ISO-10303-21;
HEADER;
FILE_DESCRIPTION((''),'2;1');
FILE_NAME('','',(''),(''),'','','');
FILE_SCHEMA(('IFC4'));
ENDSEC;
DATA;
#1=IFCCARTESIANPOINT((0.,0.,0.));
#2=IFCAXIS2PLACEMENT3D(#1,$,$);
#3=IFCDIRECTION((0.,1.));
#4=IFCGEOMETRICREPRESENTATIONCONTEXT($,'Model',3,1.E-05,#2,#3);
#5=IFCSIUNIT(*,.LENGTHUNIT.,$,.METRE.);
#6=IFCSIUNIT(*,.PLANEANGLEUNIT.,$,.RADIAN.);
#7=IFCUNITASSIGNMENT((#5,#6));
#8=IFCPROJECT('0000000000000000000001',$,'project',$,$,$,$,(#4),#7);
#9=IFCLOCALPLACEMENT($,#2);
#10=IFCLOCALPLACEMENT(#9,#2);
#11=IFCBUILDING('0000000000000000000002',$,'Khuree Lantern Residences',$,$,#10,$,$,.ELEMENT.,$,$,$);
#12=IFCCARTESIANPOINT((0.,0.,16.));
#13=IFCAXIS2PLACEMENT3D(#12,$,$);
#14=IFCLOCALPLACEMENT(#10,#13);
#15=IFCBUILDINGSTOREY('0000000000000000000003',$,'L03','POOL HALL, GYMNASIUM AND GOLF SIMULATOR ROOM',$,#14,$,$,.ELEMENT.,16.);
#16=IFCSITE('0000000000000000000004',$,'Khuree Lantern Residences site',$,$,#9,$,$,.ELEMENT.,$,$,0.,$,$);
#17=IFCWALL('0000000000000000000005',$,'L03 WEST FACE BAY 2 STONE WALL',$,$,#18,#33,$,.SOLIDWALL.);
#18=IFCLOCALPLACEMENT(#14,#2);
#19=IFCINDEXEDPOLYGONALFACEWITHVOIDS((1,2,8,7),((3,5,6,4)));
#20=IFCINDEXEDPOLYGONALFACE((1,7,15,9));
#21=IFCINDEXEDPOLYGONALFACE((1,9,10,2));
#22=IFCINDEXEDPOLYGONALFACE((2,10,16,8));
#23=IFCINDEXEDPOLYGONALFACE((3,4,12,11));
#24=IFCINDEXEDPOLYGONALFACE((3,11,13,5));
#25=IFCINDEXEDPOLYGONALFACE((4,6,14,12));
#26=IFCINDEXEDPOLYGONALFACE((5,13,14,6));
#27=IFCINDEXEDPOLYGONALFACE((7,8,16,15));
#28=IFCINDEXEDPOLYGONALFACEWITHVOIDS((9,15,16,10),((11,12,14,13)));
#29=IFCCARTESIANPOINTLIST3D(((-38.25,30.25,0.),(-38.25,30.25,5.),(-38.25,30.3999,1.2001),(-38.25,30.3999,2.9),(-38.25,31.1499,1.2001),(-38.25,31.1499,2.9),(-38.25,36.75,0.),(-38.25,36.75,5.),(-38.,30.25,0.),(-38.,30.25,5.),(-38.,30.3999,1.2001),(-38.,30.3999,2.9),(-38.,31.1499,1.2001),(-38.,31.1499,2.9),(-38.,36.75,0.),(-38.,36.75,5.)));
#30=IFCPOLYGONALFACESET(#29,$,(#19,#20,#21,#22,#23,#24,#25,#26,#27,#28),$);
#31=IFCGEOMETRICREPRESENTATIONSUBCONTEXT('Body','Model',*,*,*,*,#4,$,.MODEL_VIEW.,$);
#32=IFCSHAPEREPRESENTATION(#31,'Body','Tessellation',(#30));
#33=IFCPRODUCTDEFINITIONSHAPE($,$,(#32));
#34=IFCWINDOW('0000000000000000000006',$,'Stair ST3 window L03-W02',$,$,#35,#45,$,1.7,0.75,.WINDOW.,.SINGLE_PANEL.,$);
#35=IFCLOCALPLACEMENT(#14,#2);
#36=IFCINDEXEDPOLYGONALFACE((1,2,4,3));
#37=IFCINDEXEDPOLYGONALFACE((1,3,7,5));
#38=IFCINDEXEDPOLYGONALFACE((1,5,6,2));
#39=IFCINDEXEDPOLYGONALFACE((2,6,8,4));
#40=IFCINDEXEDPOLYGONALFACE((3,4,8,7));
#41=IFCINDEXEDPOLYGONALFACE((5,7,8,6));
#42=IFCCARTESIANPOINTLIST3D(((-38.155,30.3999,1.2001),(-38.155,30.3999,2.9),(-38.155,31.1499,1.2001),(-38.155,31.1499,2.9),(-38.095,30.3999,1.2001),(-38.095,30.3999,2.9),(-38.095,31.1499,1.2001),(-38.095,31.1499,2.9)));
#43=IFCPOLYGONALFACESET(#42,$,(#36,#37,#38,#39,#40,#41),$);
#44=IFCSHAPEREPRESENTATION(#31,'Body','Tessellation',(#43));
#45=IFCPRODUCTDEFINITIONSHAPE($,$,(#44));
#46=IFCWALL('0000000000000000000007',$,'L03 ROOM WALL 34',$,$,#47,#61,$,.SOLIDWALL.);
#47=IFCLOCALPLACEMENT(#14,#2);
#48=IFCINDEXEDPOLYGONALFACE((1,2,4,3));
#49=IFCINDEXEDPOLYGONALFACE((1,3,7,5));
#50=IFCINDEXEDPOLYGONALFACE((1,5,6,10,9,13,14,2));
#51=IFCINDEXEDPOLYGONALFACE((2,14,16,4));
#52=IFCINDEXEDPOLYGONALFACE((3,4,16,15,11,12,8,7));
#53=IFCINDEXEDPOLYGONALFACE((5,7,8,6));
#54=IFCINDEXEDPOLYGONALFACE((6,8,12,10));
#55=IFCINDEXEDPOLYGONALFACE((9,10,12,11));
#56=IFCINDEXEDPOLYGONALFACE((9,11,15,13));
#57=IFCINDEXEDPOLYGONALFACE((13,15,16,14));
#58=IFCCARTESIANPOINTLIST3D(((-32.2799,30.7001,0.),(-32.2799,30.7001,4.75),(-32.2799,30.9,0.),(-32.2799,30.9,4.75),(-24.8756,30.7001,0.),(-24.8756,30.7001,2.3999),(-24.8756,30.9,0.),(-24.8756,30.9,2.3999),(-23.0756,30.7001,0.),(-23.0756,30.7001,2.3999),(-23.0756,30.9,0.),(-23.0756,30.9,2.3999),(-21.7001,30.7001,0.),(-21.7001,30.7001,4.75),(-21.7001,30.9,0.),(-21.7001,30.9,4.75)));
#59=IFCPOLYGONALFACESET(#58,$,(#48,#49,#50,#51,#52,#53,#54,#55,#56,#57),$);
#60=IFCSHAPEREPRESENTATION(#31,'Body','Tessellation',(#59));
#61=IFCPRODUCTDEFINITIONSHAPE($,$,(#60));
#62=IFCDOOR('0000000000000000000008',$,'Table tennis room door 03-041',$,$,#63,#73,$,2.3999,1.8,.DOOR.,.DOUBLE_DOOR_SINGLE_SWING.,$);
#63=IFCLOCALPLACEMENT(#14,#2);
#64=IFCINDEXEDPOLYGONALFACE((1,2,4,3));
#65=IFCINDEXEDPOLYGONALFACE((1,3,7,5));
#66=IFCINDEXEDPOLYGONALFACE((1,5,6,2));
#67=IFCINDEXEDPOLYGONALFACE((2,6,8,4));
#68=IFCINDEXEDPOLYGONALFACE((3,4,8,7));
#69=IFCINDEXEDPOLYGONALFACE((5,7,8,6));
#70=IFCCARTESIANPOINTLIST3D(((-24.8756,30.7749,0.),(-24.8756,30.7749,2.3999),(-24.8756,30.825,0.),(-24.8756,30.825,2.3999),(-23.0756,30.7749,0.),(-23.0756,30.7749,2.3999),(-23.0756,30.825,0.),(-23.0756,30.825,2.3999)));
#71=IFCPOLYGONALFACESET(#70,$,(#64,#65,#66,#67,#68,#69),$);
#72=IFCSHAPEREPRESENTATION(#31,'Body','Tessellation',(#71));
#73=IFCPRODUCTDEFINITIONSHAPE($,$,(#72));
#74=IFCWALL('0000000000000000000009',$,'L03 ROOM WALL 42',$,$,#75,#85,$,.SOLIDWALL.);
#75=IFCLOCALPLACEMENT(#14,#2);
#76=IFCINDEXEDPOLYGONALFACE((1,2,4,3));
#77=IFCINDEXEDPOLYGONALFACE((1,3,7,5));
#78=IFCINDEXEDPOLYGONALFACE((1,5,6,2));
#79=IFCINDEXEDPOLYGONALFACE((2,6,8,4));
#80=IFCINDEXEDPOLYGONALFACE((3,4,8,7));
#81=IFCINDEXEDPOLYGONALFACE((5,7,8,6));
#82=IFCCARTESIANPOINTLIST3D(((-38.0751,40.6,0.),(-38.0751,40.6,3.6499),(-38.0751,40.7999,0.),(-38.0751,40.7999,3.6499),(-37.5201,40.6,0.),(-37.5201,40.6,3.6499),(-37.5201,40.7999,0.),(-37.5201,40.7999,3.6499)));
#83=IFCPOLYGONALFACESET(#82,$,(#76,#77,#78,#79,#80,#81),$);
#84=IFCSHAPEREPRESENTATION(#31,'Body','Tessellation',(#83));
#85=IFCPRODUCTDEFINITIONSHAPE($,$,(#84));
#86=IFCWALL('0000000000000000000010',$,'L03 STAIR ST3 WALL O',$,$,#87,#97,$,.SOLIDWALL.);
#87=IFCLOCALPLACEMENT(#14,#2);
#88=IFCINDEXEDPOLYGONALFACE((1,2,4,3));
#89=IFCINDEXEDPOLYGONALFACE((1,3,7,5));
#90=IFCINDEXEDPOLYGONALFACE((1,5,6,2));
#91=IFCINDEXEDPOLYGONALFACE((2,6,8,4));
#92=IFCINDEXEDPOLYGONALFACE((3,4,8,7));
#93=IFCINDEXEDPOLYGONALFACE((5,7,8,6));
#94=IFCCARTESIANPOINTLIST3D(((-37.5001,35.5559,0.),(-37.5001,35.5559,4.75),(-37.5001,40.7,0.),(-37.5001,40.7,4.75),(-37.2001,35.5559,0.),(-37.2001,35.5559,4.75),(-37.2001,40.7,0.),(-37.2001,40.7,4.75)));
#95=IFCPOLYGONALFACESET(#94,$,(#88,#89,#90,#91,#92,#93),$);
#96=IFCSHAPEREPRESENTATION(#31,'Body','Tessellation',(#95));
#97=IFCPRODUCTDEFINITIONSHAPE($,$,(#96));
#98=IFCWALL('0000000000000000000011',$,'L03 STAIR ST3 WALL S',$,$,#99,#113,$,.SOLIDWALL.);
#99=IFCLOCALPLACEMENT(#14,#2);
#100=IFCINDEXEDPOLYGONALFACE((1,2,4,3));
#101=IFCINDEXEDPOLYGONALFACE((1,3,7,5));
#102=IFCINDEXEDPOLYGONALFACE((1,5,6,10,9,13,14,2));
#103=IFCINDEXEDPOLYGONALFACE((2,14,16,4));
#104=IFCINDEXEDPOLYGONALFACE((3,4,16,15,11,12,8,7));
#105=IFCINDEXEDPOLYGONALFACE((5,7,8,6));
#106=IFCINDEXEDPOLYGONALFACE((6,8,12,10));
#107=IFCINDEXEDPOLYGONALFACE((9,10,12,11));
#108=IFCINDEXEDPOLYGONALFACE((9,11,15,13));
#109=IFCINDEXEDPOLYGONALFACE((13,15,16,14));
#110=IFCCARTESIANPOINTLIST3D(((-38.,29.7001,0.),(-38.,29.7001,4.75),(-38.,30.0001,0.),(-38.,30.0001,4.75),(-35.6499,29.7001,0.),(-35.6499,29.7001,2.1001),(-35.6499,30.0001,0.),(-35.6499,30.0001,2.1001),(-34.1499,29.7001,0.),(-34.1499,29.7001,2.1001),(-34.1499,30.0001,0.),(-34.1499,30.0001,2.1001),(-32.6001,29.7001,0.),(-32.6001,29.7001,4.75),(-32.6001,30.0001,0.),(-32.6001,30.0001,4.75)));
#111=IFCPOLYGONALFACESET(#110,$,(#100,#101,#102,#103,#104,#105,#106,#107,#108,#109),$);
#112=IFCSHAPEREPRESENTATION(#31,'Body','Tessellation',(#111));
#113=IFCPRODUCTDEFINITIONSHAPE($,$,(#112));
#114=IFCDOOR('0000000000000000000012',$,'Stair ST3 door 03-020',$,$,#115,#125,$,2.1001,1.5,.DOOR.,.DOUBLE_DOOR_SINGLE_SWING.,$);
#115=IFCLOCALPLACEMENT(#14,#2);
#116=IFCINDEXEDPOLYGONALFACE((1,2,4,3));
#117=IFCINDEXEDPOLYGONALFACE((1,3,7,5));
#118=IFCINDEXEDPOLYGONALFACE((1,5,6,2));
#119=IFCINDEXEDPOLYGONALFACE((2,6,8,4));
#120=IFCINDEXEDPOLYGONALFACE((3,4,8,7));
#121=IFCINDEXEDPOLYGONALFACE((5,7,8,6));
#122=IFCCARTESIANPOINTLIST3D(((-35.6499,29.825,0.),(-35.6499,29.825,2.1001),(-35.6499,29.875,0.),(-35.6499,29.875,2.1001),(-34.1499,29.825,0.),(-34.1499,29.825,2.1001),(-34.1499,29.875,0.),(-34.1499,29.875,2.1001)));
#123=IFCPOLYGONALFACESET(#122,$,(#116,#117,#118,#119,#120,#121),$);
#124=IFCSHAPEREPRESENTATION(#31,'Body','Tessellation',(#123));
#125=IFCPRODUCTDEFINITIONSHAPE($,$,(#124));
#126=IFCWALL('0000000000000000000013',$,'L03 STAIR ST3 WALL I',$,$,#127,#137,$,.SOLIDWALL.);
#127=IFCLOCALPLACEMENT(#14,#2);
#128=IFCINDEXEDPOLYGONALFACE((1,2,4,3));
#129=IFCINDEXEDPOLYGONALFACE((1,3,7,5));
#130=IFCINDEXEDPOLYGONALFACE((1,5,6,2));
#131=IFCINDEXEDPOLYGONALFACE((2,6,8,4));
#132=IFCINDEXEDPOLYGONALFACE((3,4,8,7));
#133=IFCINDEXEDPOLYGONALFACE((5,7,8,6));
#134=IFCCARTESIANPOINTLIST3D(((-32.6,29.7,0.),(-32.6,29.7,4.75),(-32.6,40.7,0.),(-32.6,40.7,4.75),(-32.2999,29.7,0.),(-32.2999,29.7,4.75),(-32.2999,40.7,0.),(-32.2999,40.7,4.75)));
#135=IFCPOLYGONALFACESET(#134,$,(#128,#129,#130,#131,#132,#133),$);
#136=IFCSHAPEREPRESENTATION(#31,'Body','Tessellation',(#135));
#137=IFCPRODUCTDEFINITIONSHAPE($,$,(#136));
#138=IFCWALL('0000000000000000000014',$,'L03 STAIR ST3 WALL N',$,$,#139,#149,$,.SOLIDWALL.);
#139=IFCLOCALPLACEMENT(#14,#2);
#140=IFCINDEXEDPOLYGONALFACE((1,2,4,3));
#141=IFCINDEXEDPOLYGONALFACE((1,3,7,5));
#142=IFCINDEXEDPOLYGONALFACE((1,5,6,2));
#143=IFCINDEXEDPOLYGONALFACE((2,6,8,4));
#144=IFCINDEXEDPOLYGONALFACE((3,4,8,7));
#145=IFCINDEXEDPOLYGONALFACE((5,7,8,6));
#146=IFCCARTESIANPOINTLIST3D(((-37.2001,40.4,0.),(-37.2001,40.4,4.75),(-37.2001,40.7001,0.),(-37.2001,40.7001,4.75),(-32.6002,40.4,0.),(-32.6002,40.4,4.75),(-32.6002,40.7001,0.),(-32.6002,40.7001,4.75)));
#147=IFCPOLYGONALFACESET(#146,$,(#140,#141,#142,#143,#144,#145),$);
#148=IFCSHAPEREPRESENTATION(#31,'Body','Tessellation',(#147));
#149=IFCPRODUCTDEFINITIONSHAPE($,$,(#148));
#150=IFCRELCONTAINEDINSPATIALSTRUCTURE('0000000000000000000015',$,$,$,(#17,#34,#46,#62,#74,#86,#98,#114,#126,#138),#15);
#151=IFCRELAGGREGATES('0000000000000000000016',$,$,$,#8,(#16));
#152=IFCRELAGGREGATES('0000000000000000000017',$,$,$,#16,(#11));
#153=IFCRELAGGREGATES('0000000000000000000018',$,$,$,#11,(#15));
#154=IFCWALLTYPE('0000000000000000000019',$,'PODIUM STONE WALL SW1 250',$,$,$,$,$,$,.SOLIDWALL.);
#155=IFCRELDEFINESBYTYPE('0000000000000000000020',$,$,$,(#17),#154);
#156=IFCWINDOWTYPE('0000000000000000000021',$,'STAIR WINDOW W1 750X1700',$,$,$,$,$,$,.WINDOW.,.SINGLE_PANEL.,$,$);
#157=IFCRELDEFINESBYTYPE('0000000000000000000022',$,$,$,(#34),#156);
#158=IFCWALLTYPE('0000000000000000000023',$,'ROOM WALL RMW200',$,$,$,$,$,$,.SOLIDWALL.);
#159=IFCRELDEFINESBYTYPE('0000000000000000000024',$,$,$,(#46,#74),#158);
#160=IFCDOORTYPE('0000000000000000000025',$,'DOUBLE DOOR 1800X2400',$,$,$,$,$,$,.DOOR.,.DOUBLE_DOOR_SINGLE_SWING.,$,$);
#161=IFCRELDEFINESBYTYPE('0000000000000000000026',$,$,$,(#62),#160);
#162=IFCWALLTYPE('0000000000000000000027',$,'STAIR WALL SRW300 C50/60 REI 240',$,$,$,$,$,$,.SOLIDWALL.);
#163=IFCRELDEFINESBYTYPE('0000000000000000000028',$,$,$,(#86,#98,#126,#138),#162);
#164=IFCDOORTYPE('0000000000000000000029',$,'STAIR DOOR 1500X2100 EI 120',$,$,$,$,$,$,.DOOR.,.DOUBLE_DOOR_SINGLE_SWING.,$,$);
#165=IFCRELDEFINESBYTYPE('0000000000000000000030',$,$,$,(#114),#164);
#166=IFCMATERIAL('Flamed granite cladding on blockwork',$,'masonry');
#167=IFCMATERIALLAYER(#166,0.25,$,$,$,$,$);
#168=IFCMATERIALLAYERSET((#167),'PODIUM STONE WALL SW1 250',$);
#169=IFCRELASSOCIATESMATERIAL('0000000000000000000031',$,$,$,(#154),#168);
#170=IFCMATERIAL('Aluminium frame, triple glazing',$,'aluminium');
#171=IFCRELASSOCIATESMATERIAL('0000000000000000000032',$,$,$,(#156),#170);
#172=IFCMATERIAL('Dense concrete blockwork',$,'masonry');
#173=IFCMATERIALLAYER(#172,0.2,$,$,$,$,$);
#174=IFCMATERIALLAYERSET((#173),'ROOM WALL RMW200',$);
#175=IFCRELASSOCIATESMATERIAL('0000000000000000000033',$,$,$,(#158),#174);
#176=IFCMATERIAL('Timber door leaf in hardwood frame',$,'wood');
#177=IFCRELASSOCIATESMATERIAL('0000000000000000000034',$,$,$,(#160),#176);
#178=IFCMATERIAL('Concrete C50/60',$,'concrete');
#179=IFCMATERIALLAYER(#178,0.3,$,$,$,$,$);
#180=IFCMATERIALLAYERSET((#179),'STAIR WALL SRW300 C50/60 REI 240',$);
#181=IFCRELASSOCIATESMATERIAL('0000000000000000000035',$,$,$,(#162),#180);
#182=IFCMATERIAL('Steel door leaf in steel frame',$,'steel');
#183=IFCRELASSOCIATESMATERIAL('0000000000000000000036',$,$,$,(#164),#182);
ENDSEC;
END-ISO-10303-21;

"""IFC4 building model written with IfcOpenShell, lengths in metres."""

from ifc_helpers import new_model, si_unit, direction, frame, frame_2d, origin, place, context, subcontext, project, spatial, rectangle, extrude, material, layer, layer_set, type_object, element, fill, save


model = new_model("IFC4")

# Units and contexts
model_context = context("Model", 3, precision=1e-05, world=origin(), true_north=direction((0.0, 1.0)))
body_context = subcontext(model_context, "Body", "Model", "MODEL_VIEW")
ifc_project = project(units=[si_unit("LENGTHUNIT", "METRE"), si_unit("PLANEANGLEUNIT", "RADIAN")], contexts=[model_context])

# Site, building, storey
site_placement = place(None, origin())
site = spatial("IfcSite", under=ifc_project, at=site_placement, Name="Khuree Lantern Residences site", CompositionType="ELEMENT", RefElevation=0.0)
building_placement = place(site_placement, origin())
building = spatial("IfcBuilding", under=site, at=building_placement, Name="Khuree Lantern Residences", CompositionType="ELEMENT")
storey_placement = place(building_placement, frame((0.0, 0.0, 16.0)))
storey = spatial("IfcBuildingStorey", under=building, at=storey_placement, Name="L03", Description="POOL HALL, GYMNASIUM AND GOLF SIMULATOR ROOM", CompositionType="ELEMENT", Elevation=16.0)

# Shared definitions
ifc_material_1 = material(Name="Dense concrete blockwork", Category="masonry")
ifc_material_2 = material(Name="Flamed granite cladding on blockwork", Category="masonry")

# Wall, opening, window
ifc_layer_1 = layer(ifc_material_2, 0.25)
ifc_layer_set_1 = layer_set([ifc_layer_1], Name="PODIUM STONE WALL SW1 250")
wall_type_1 = type_object("IfcWallType", Name="PODIUM STONE WALL SW1 250", PredefinedType="SOLIDWALL", material=ifc_layer_set_1)
wall_1_placement = place(storey_placement, frame((-38.125, 36.75, 0.0), z_axis=(0.0, 0.0, 1.0), x_axis=(0.0, -1.0, 0.0)))
wall_1 = element("IfcWall", 1, at=wall_1_placement, inside=storey, type_object=wall_type_1, Name="L03 WEST FACE BAY 2 STONE WALL", PredefinedType="SOLIDWALL", context=body_context, shape_type="SweptSolid", body=[
    extrude(rectangle(XDim=6.5, YDim=0.25, at=frame_2d((3.25, 0.0))), origin(), (0.0, 0.0, 1.0), 5.0),
])
opening_1_placement = place(wall_1_placement, frame((5.6001, 0.0, 1.2)))
opening_1 = element("IfcOpeningElement", 2, at=opening_1_placement, cuts=wall_1, PredefinedType="OPENING", context=body_context, shape_type="SweptSolid", body=[
    extrude(rectangle(XDim=0.75, YDim=1.7, at=frame_2d((0.375, 0.8501))), frame((0.0, 0.135, 0.0), z_axis=(0.0, -1.0, 0.0), x_axis=(1.0, 0.0, 0.0)), (0.0, 0.0, 1.0), 0.27),
])
ifc_material_3 = material(Name="Aluminium frame, triple glazing", Category="aluminium")
window_type = type_object("IfcWindowType", Name="STAIR WINDOW W1 750X1700", PartitioningType="SINGLE_PANEL", PredefinedType="WINDOW", material=ifc_material_3)
window_placement = place(opening_1_placement, origin())
window = element("IfcWindow", 3, at=window_placement, inside=storey, type_object=window_type, Name="Stair ST3 window L03-W02", OverallHeight=1.7, OverallWidth=0.75, PartitioningType="SINGLE_PANEL", PredefinedType="WINDOW", context=body_context, shape_type="SweptSolid", body=[
    extrude(rectangle(XDim=0.75, YDim=1.7, at=frame_2d((0.375, 0.8501))), frame((0.0, 0.03, 0.0), z_axis=(0.0, -1.0, 0.0), x_axis=(1.0, 0.0, 0.0)), (0.0, 0.0, 1.0), 0.0601),
])
fill(opening_1, window)

# Wall, opening, door
ifc_layer_2 = layer(ifc_material_1, 0.2)
ifc_layer_set_2 = layer_set([ifc_layer_2], Name="ROOM WALL RMW200")
wall_type_2 = type_object("IfcWallType", Name="ROOM WALL RMW200", PredefinedType="SOLIDWALL", material=ifc_layer_set_2)
wall_2_placement = place(storey_placement, frame((-32.28, 30.8, 0.0), z_axis=(0.0, 0.0, 1.0), x_axis=(1.0, 0.0, 0.0)))
wall_2 = element("IfcWall", 4, at=wall_2_placement, inside=storey, type_object=wall_type_2, Name="L03 ROOM WALL 34", PredefinedType="SOLIDWALL", context=body_context, shape_type="SweptSolid", body=[
    extrude(rectangle(XDim=10.5798, YDim=0.2, at=frame_2d((5.29, 0.0))), origin(), (0.0, 0.0, 1.0), 4.75),
])
opening_2_placement = place(wall_2_placement, frame((7.4045, 0.0, 0.0)))
opening_2 = element("IfcOpeningElement", 5, at=opening_2_placement, cuts=wall_2, PredefinedType="OPENING", context=body_context, shape_type="SweptSolid", body=[
    extrude(rectangle(XDim=1.8, YDim=2.3999, at=frame_2d((0.8999, 1.2))), frame((0.0, 0.1099, 0.0), z_axis=(0.0, -1.0, 0.0), x_axis=(1.0, 0.0, 0.0)), (0.0, 0.0, 1.0), 0.22),
])
ifc_material_4 = material(Name="Timber door leaf in hardwood frame", Category="wood")
door_type_1 = type_object("IfcDoorType", Name="DOUBLE DOOR 1800X2400", OperationType="DOUBLE_DOOR_SINGLE_SWING", PredefinedType="DOOR", material=ifc_material_4)
door_1_placement = place(opening_2_placement, origin())
door_1 = element("IfcDoor", 6, at=door_1_placement, inside=storey, type_object=door_type_1, Name="Table tennis room door 03-041", OperationType="DOUBLE_DOOR_SINGLE_SWING", OverallHeight=2.3999, OverallWidth=1.8, PredefinedType="DOOR", context=body_context, shape_type="SweptSolid", body=[
    extrude(rectangle(XDim=1.8, YDim=2.3999, at=frame_2d((0.8999, 1.2))), frame((0.0, 0.0249, 0.0), z_axis=(0.0, -1.0, 0.0), x_axis=(1.0, 0.0, 0.0)), (0.0, 0.0, 1.0), 0.05),
])
fill(opening_2, door_1)

# Walls
wall_3_placement = place(storey_placement, frame((-38.075, 40.7, 0.0), z_axis=(0.0, 0.0, 1.0), x_axis=(1.0, 0.0, 0.0)))
element("IfcWall", 7, at=wall_3_placement, inside=storey, type_object=wall_type_2, Name="L03 ROOM WALL 42", PredefinedType="SOLIDWALL", context=body_context, shape_type="SweptSolid", body=[
    extrude(rectangle(XDim=0.5549, YDim=0.2, at=frame_2d((0.2773, 0.0))), origin(), (0.0, 0.0, 1.0), 3.6499),
])
ifc_material_5 = material(Name="Concrete C50/60", Category="concrete")
ifc_layer_3 = layer(ifc_material_5, 0.3)
ifc_layer_set_3 = layer_set([ifc_layer_3], Name="STAIR WALL SRW300 C50/60 REI 240")
wall_type_3 = type_object("IfcWallType", Name="STAIR WALL SRW300 C50/60 REI 240", PredefinedType="SOLIDWALL", material=ifc_layer_set_3)
wall_4_placement = place(storey_placement, frame((-37.3501, 35.5559, 0.0), z_axis=(0.0, 0.0, 1.0), x_axis=(0.0, 1.0, 0.0)))
element("IfcWall", 8, at=wall_4_placement, inside=storey, type_object=wall_type_3, Name="L03 STAIR ST3 WALL O", PredefinedType="SOLIDWALL", context=body_context, shape_type="SweptSolid", body=[
    extrude(rectangle(XDim=5.144, YDim=0.3, at=frame_2d((2.572, 0.0))), origin(), (0.0, 0.0, 1.0), 4.75),
])

# Wall, opening, door
wall_5_placement = place(storey_placement, frame((-38.0, 29.8501, 0.0), z_axis=(0.0, 0.0, 1.0), x_axis=(1.0, 0.0, 0.0)))
wall_5 = element("IfcWall", 9, at=wall_5_placement, inside=storey, type_object=wall_type_3, Name="L03 STAIR ST3 WALL S", PredefinedType="SOLIDWALL", context=body_context, shape_type="SweptSolid", body=[
    extrude(rectangle(XDim=5.3999, YDim=0.3, at=frame_2d((2.7, 0.0))), origin(), (0.0, 0.0, 1.0), 4.75),
])
opening_3_placement = place(wall_5_placement, frame((2.3501, 0.0, 0.0)))
opening_3 = element("IfcOpeningElement", 10, at=opening_3_placement, cuts=wall_5, PredefinedType="OPENING", context=body_context, shape_type="SweptSolid", body=[
    extrude(rectangle(XDim=1.5, YDim=2.1001, at=frame_2d((0.75, 1.05))), frame((0.0, 0.1602, 0.0), z_axis=(0.0, -1.0, 0.0), x_axis=(1.0, 0.0, 0.0)), (0.0, 0.0, 1.0), 0.3201),
])
ifc_material_6 = material(Name="Steel door leaf in steel frame", Category="steel")
door_type_2 = type_object("IfcDoorType", Name="STAIR DOOR 1500X2100 EI 120", OperationType="DOUBLE_DOOR_SINGLE_SWING", PredefinedType="DOOR", material=ifc_material_6)
door_2_placement = place(opening_3_placement, origin())
door_2 = element("IfcDoor", 11, at=door_2_placement, inside=storey, type_object=door_type_2, Name="Stair ST3 door 03-020", OperationType="DOUBLE_DOOR_SINGLE_SWING", OverallHeight=2.1001, OverallWidth=1.5, PredefinedType="DOOR", context=body_context, shape_type="SweptSolid", body=[
    extrude(rectangle(XDim=1.5, YDim=2.1001, at=frame_2d((0.75, 1.05))), frame((0.0, 0.0249, 0.0), z_axis=(0.0, -1.0, 0.0), x_axis=(1.0, 0.0, 0.0)), (0.0, 0.0, 1.0), 0.05),
])
fill(opening_3, door_2)

# Walls
wall_6_placement = place(storey_placement, frame((-32.45, 29.7, 0.0), z_axis=(0.0, 0.0, 1.0), x_axis=(0.0, 1.0, 0.0)))
element("IfcWall", 12, at=wall_6_placement, inside=storey, type_object=wall_type_3, Name="L03 STAIR ST3 WALL I", PredefinedType="SOLIDWALL", context=body_context, shape_type="SweptSolid", body=[
    extrude(rectangle(XDim=11.0, YDim=0.3, at=frame_2d((5.5, 0.0))), origin(), (0.0, 0.0, 1.0), 4.75),
])
wall_7_placement = place(storey_placement, frame((-37.2, 40.55, 0.0), z_axis=(0.0, 0.0, 1.0), x_axis=(1.0, 0.0, 0.0)))
element("IfcWall", 13, at=wall_7_placement, inside=storey, type_object=wall_type_3, Name="L03 STAIR ST3 WALL N", PredefinedType="SOLIDWALL", context=body_context, shape_type="SweptSolid", body=[
    extrude(rectangle(XDim=4.5999, YDim=0.3, at=frame_2d((2.2998, 0.0))), origin(), (0.0, 0.0, 1.0), 4.75),
])

save(model, "model.ifc")
